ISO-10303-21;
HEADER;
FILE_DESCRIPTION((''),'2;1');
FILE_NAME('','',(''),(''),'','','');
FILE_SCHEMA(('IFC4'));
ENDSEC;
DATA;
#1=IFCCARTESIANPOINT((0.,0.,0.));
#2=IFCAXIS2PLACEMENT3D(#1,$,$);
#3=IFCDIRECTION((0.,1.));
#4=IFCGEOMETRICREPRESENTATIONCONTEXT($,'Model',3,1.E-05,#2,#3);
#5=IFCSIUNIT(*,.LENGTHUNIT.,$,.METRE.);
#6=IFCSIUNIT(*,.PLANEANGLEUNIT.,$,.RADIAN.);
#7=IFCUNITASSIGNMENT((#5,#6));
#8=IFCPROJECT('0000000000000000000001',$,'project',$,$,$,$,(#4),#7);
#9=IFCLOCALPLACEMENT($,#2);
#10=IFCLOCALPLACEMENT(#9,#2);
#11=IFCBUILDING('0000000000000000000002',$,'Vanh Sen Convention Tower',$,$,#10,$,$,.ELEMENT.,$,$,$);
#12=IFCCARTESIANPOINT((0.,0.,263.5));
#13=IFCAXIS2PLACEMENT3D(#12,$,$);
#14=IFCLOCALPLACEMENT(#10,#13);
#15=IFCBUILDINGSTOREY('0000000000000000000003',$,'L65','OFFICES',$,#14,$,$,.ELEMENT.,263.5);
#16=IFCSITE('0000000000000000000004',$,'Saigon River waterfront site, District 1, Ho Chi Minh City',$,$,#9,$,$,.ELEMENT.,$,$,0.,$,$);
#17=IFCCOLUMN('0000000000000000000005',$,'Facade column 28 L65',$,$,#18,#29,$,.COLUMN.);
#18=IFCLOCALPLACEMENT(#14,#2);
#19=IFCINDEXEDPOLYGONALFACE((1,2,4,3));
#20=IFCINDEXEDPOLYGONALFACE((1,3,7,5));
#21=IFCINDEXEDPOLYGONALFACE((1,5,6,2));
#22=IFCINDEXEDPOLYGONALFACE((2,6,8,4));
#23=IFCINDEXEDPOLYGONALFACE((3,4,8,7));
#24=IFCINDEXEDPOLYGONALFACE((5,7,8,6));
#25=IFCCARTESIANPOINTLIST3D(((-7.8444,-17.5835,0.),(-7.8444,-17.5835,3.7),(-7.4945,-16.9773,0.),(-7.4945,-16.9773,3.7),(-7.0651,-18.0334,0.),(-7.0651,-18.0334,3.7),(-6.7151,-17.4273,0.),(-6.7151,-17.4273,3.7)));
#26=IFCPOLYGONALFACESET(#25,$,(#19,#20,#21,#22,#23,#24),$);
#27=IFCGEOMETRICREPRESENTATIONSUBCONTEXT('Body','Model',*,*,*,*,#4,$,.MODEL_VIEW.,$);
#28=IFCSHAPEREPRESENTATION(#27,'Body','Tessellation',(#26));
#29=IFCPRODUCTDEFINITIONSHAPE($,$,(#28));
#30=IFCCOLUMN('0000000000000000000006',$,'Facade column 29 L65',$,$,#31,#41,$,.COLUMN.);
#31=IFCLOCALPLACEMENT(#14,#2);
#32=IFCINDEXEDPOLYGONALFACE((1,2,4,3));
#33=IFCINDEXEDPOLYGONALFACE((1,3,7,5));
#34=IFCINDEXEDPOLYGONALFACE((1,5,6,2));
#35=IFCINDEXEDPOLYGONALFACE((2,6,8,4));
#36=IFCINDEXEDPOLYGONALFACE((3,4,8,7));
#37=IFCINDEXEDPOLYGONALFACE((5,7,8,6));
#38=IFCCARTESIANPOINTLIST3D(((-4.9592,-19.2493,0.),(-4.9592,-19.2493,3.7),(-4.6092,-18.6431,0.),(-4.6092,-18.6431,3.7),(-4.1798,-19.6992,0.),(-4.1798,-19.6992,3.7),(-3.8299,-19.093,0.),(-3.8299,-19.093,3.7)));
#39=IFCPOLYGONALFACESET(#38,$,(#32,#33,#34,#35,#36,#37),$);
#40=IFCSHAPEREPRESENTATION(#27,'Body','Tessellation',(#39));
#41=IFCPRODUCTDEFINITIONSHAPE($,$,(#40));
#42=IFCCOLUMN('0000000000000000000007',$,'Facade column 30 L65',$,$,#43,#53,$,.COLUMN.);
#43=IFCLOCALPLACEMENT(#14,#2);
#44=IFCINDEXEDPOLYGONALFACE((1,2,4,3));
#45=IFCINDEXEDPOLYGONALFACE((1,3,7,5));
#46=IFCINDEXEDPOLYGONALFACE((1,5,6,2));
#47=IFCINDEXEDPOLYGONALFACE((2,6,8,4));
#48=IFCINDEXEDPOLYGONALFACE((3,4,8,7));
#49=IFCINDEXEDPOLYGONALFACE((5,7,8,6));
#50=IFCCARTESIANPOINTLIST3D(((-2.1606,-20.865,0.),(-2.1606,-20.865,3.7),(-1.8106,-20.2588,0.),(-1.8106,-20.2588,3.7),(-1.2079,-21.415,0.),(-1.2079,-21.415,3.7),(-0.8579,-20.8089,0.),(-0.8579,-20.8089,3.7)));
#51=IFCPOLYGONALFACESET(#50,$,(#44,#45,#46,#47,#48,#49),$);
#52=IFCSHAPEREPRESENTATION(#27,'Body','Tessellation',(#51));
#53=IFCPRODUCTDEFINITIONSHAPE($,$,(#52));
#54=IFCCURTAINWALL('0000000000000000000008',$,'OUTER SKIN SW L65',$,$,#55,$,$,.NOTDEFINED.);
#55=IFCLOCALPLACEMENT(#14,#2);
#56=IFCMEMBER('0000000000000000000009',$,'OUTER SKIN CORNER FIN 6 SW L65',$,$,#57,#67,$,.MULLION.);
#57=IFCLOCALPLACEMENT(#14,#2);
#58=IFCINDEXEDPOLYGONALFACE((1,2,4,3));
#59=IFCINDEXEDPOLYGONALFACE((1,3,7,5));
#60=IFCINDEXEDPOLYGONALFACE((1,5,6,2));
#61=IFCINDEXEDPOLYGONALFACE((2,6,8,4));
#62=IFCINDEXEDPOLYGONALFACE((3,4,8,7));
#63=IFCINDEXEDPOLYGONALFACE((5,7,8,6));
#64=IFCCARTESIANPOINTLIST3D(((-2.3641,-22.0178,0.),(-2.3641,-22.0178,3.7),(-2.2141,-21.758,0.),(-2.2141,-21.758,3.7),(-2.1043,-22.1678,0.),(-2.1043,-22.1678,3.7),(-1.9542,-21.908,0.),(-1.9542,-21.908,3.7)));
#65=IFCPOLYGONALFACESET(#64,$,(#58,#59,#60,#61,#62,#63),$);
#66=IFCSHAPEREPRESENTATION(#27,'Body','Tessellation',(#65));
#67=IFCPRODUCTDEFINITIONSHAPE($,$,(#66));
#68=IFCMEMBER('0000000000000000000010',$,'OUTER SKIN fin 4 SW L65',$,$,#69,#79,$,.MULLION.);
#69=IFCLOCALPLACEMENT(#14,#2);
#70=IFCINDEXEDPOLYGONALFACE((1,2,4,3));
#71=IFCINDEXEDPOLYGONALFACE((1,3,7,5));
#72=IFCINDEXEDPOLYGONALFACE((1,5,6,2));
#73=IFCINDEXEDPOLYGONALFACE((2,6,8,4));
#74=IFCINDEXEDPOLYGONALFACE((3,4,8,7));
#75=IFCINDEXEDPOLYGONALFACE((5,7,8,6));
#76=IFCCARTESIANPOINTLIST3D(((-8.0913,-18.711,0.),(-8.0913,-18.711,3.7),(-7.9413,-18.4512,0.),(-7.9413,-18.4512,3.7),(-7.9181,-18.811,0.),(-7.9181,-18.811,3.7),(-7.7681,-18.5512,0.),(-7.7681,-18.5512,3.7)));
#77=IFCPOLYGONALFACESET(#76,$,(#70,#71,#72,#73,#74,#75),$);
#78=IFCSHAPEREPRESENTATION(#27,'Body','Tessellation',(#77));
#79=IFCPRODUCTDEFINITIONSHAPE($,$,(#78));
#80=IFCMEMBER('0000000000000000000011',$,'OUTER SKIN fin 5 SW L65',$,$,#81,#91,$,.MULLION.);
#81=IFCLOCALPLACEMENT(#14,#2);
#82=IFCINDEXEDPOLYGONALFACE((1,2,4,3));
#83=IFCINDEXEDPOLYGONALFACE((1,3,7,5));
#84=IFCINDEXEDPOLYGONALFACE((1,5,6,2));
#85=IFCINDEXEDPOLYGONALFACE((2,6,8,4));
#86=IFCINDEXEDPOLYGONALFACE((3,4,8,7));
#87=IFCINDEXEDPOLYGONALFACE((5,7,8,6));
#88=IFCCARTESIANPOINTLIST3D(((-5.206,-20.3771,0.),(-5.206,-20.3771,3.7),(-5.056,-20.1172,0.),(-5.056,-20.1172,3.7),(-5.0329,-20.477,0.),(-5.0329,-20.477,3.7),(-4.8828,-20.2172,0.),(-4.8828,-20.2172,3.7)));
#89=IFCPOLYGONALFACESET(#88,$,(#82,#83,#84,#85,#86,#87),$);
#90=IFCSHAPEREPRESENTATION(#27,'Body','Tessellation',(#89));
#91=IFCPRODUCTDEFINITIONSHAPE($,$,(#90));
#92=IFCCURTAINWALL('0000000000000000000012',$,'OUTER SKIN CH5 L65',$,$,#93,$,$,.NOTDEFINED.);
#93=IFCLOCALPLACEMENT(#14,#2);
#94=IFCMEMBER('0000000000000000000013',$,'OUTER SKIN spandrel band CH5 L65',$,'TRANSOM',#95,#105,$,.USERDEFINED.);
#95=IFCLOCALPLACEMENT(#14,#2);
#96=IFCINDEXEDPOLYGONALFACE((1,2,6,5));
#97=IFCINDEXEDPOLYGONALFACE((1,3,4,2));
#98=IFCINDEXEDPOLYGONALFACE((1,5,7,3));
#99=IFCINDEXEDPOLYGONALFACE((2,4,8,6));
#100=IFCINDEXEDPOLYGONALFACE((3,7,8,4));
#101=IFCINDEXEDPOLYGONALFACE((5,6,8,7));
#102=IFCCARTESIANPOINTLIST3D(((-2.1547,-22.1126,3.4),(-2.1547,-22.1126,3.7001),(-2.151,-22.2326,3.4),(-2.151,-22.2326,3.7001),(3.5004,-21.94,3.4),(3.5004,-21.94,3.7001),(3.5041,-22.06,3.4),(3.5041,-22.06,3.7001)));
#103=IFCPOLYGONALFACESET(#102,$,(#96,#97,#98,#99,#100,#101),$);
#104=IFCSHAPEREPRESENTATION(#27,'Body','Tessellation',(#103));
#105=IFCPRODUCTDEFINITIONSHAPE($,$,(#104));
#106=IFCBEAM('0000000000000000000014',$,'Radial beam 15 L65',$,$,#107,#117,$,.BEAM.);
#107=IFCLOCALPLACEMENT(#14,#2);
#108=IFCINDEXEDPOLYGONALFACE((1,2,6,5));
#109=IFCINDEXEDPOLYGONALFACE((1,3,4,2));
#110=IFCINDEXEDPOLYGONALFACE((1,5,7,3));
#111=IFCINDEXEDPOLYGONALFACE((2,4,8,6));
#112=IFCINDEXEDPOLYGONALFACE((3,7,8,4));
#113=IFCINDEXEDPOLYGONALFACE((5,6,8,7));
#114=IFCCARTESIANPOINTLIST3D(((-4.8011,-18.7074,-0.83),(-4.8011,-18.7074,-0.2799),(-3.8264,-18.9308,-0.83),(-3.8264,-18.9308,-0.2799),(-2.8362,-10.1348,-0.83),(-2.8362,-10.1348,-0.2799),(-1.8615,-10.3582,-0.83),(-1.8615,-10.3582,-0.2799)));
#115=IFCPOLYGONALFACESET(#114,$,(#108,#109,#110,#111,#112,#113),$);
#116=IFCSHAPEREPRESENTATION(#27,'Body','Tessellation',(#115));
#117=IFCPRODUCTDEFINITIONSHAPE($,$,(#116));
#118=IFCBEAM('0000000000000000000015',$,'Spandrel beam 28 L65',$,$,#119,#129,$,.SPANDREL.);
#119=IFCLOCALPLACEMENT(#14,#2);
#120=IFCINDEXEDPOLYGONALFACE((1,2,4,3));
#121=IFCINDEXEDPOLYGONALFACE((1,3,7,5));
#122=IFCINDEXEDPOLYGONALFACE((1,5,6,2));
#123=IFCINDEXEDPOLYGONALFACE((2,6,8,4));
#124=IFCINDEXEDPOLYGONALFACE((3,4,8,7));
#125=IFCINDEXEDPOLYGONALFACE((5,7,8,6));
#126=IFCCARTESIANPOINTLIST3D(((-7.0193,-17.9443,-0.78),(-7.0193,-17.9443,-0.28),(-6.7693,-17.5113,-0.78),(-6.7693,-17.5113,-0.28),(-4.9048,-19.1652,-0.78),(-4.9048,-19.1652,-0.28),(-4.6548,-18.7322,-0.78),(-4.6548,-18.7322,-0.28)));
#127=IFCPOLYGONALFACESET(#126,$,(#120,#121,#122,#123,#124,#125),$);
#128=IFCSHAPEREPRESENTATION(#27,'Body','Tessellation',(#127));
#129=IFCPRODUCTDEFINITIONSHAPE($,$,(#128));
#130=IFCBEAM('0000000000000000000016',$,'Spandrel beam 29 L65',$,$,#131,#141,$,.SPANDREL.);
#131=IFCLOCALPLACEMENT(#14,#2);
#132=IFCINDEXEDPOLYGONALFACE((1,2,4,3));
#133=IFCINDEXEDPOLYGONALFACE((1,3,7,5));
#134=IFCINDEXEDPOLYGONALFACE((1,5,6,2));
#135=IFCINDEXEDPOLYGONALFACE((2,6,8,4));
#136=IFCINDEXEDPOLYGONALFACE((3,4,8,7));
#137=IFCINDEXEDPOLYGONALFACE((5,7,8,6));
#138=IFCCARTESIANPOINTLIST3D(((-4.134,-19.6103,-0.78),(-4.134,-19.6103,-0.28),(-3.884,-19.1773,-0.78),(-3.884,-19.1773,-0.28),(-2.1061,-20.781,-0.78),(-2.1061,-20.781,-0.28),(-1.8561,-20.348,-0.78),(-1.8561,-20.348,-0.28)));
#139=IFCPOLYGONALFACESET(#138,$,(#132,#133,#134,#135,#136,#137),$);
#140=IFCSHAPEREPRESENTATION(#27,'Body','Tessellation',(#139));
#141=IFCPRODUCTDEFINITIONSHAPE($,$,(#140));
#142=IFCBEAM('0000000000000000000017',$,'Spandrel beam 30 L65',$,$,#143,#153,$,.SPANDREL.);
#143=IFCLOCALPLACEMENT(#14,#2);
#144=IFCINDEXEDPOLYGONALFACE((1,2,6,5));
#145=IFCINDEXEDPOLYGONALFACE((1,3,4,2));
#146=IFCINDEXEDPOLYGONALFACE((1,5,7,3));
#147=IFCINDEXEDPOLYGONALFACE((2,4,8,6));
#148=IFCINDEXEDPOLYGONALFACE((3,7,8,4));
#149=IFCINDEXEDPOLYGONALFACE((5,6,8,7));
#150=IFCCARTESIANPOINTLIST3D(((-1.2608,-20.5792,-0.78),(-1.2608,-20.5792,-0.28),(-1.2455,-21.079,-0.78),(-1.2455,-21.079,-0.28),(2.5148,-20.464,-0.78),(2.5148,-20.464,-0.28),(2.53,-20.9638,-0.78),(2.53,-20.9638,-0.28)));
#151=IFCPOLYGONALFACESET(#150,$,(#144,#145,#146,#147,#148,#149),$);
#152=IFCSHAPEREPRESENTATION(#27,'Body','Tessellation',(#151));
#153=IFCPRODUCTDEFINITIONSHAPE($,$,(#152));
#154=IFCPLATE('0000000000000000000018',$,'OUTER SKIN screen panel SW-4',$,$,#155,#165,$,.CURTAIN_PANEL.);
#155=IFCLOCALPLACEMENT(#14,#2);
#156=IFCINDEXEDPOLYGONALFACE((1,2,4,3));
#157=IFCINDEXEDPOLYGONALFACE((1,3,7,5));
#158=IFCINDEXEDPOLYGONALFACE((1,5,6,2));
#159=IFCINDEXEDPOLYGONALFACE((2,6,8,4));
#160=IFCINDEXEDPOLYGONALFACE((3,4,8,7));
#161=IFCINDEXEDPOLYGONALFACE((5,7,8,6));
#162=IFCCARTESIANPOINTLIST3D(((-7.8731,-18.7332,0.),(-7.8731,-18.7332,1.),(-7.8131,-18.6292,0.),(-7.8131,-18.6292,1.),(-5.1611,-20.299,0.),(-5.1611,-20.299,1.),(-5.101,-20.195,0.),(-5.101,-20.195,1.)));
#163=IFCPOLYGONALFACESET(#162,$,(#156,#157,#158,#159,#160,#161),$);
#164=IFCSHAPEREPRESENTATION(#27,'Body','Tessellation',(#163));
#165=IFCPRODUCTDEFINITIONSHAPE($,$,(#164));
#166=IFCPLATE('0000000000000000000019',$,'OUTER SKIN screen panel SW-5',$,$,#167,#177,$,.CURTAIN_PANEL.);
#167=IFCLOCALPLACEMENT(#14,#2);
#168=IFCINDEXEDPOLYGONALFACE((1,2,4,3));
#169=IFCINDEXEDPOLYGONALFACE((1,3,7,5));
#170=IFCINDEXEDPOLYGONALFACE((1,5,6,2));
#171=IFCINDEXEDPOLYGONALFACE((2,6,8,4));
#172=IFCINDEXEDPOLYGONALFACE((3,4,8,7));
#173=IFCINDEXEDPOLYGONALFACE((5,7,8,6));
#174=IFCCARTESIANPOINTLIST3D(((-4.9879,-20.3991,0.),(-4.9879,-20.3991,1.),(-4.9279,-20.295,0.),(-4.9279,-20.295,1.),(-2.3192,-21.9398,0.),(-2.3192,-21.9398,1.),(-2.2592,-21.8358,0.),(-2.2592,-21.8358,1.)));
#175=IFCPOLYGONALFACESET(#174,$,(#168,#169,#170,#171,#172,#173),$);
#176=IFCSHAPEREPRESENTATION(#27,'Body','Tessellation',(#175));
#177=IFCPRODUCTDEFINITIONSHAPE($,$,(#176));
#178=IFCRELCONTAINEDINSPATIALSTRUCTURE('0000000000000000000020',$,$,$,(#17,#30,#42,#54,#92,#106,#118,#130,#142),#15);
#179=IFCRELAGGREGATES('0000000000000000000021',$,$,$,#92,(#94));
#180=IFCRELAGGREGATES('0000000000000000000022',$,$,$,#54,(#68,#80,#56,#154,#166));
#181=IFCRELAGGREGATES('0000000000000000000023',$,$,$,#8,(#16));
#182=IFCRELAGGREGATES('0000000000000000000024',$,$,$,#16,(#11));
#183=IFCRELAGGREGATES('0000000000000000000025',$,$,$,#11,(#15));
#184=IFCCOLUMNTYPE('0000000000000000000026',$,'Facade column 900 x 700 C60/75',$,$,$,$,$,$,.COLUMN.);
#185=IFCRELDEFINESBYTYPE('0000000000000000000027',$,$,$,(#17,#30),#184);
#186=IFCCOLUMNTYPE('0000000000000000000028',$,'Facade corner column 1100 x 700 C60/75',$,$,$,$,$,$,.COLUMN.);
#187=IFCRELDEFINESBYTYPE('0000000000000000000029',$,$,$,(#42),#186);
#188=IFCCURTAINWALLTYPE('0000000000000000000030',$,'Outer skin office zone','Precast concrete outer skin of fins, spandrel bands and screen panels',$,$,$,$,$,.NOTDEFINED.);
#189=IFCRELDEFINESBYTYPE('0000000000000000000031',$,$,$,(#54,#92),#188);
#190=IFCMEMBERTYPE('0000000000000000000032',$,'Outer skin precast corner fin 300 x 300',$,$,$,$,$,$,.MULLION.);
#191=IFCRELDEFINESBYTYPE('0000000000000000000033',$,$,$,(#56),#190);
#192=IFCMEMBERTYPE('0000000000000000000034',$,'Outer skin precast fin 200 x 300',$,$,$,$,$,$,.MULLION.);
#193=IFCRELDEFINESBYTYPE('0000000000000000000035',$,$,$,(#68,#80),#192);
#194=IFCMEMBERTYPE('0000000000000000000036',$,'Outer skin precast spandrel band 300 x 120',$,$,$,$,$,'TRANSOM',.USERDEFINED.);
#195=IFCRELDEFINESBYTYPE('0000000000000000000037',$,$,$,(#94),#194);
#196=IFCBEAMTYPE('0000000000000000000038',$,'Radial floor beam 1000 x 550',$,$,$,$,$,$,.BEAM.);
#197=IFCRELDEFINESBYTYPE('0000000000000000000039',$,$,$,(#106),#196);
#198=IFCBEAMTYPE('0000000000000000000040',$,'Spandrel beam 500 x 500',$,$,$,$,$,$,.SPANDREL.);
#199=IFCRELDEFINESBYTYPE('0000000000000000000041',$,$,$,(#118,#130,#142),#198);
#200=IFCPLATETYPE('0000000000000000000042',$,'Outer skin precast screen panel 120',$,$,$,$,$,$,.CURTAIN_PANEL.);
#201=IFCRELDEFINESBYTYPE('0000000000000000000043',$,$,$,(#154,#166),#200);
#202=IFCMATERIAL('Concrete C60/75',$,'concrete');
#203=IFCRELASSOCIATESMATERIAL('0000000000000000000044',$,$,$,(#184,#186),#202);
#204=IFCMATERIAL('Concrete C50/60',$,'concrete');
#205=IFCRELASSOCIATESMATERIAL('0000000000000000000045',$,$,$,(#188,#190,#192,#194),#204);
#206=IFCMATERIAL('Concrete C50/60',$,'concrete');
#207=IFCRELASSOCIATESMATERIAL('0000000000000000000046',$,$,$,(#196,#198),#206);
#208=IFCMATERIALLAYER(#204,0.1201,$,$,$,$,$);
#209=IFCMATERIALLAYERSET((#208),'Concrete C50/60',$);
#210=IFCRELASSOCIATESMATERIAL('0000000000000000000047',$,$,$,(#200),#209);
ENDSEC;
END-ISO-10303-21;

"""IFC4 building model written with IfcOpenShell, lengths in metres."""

from ifc_helpers import new_model, si_unit, direction, frame, origin, origin_2d, place, context, subcontext, project, spatial, rectangle, extrude, material, layer, layer_set, material_profile, profile_set, type_object, element, aggregate, save


model = new_model("IFC4")

# Units and contexts
model_context = context("Model", 3, precision=1e-05, world=origin(), true_north=direction((0.0, 1.0)))
body_context = subcontext(model_context, "Body", "Model", "MODEL_VIEW")
ifc_project = project(units=[si_unit("LENGTHUNIT", "METRE"), si_unit("PLANEANGLEUNIT", "RADIAN")], contexts=[model_context])

# Site, building, storey
site_placement = place(None, origin())
site = spatial("IfcSite", under=ifc_project, at=site_placement, Name="Saigon River waterfront site, District 1, Ho Chi Minh City", CompositionType="ELEMENT", RefElevation=0.0)
building_placement = place(site_placement, origin())
building = spatial("IfcBuilding", under=site, at=building_placement, Name="Vanh Sen Convention Tower", CompositionType="ELEMENT")
storey_placement = place(building_placement, frame((0.0, 0.0, 263.5)))
storey = spatial("IfcBuildingStorey", under=building, at=storey_placement, Name="L65", Description="OFFICES", CompositionType="ELEMENT", Elevation=263.5)

# Columns
ifc_material_1 = material(Name="Concrete C60/75", Category="concrete")
ifc_material_profile_1 = material_profile(ifc_material_1, rectangle(XDim=0.8999, YDim=0.7, at=origin_2d()), Name="RC 900X700")
ifc_profile_set_1 = profile_set([ifc_material_profile_1], Name="Concrete C60/75")
column_type_1 = type_object("IfcColumnType", Name="Facade column 900 x 700 C60/75", PredefinedType="COLUMN", material=ifc_profile_set_1)
for number, where, z_axis, x_axis, name in (
    (1, (-7.2798, -17.5054, 0.0), (0.0, 0.0, 1.0), (0.866025, -0.5, 0.0), "Facade column 28 L65"),
    (2, (-4.3945, -19.1711, 0.0), (0.0, 0.0, 1.0), (0.866025, -0.5, 0.0), "Facade column 29 L65"),
):
    element("IfcColumn", number, at=place(storey_placement, frame(where, z_axis=z_axis, x_axis=x_axis)), inside=storey, type_object=column_type_1, Name=name, PredefinedType="COLUMN", context=body_context, shape_type="SweptSolid", body=[
        extrude(rectangle(XDim=0.8999, YDim=0.7, at=origin_2d()), origin(), (0.0, 0.0, 1.0), 3.7),
    ])
ifc_material_profile_2 = material_profile(ifc_material_1, rectangle(XDim=1.1001, YDim=0.7, at=origin_2d()), Name="RC 1100X700")
ifc_profile_set_2 = profile_set([ifc_material_profile_2], Name="Concrete C60/75")
column_type_2 = type_object("IfcColumnType", Name="Facade corner column 1100 x 700 C60/75", PredefinedType="COLUMN", material=ifc_profile_set_2)
column_placement = place(storey_placement, frame((-1.5093, -20.8369, 0.0), z_axis=(0.0, 0.0, 1.0), x_axis=(0.866025, -0.5, 0.0)))
element("IfcColumn", 3, at=column_placement, inside=storey, type_object=column_type_2, Name="Facade column 30 L65", PredefinedType="COLUMN", context=body_context, shape_type="SweptSolid", body=[
    extrude(rectangle(XDim=1.1001, YDim=0.7, at=origin_2d()), origin(), (0.0, 0.0, 1.0), 3.7),
])

# Curtain wall, members
ifc_material_2 = material(Name="Concrete C50/60", Category="concrete")
curtain_wall_type = type_object("IfcCurtainWallType", Name="Outer skin office zone", Description="Precast concrete outer skin of fins, spandrel bands and screen panels", PredefinedType="NOTDEFINED", material=ifc_material_2)
curtain_wall_1_placement = place(storey_placement, origin())
curtain_wall_1 = element("IfcCurtainWall", 4, at=curtain_wall_1_placement, inside=storey, type_object=curtain_wall_type, Name="OUTER SKIN SW L65", PredefinedType="NOTDEFINED")
ifc_material_profile_3 = material_profile(ifc_material_2, rectangle(XDim=0.3, YDim=0.3, at=origin_2d()), Name="Outer skin precast corner fin 300 x 300")
ifc_profile_set_3 = profile_set([ifc_material_profile_3], Name="Concrete C50/60")
member_type_1 = type_object("IfcMemberType", Name="Outer skin precast corner fin 300 x 300", PredefinedType="MULLION", material=ifc_profile_set_3)
member_1_placement = place(storey_placement, frame((-2.1592, -21.9629, 0.0), z_axis=(0.0, 0.0, 1.0), x_axis=(0.866025, -0.5, 0.0)))
member_1 = element("IfcMember", 5, at=member_1_placement, type_object=member_type_1, Name="OUTER SKIN CORNER FIN 6 SW L65", PredefinedType="MULLION", context=body_context, shape_type="SweptSolid", body=[
    extrude(rectangle(XDim=0.3, YDim=0.3, at=origin_2d()), origin(), (0.0, 0.0, 1.0), 3.7),
])
ifc_material_profile_4 = material_profile(ifc_material_2, rectangle(XDim=0.2, YDim=0.3, at=origin_2d()), Name="Outer skin precast fin 200 x 300")
ifc_profile_set_4 = profile_set([ifc_material_profile_4], Name="Concrete C50/60")
member_type_2 = type_object("IfcMemberType", Name="Outer skin precast fin 200 x 300", PredefinedType="MULLION", material=ifc_profile_set_4)
member_2_placement = place(storey_placement, frame((-7.9297, -18.6311, 0.0), z_axis=(0.0, 0.0, 1.0), x_axis=(0.866025, -0.5, 0.0)))
member_2 = element("IfcMember", 6, at=member_2_placement, type_object=member_type_2, Name="OUTER SKIN fin 4 SW L65", PredefinedType="MULLION", context=body_context, shape_type="SweptSolid", body=[
    extrude(rectangle(XDim=0.2, YDim=0.3, at=origin_2d()), origin(), (0.0, 0.0, 1.0), 3.7),
])
member_3_placement = place(storey_placement, frame((-5.0444, -20.2971, 0.0), z_axis=(0.0, 0.0, 1.0), x_axis=(0.866025, -0.5, 0.0)))
member_3 = element("IfcMember", 7, at=member_3_placement, type_object=member_type_2, Name="OUTER SKIN fin 5 SW L65", PredefinedType="MULLION", context=body_context, shape_type="SweptSolid", body=[
    extrude(rectangle(XDim=0.2, YDim=0.3, at=origin_2d()), origin(), (0.0, 0.0, 1.0), 3.7),
])

# Curtain wall, member
curtain_wall_2_placement = place(storey_placement, origin())
curtain_wall_2 = element("IfcCurtainWall", 8, at=curtain_wall_2_placement, inside=storey, type_object=curtain_wall_type, Name="OUTER SKIN CH5 L65", PredefinedType="NOTDEFINED")
ifc_material_profile_5 = material_profile(ifc_material_2, rectangle(XDim=0.1201, YDim=0.3, at=origin_2d()), Name="Outer skin precast spandrel band 300 x 120")
ifc_profile_set_5 = profile_set([ifc_material_profile_5], Name="Concrete C50/60")
member_type_3 = type_object("IfcMemberType", Name="Outer skin precast spandrel band 300 x 120", ElementType="TRANSOM", PredefinedType="USERDEFINED", material=ifc_profile_set_5)
member_4_placement = place(storey_placement, frame((-2.1528, -22.1726, 3.55), z_axis=(0.999535, 0.030509, 0.0), x_axis=(-0.030509, 0.999535, 0.0)))
member_4 = element("IfcMember", 9, at=member_4_placement, type_object=member_type_3, Name="OUTER SKIN spandrel band CH5 L65", ObjectType="TRANSOM", PredefinedType="USERDEFINED", context=body_context, shape_type="SweptSolid", body=[
    extrude(rectangle(XDim=0.1201, YDim=0.3, at=origin_2d()), origin(), (0.0, 0.0, 1.0), 5.6577),
])
aggregate(curtain_wall_2, [member_4])

# Beams
ifc_material_3 = material(Name="Concrete C50/60", Category="concrete")
ifc_material_profile_6 = material_profile(ifc_material_3, rectangle(XDim=1.0, YDim=0.55, at=origin_2d()), Name="RC 1000X550")
ifc_profile_set_6 = profile_set([ifc_material_profile_6], Name="Concrete C50/60")
beam_type_1 = type_object("IfcBeamType", Name="Radial floor beam 1000 x 550", PredefinedType="BEAM", material=ifc_profile_set_6)
beam_1_placement = place(storey_placement, frame((-4.3137, -18.8191, -0.5549), z_axis=(0.22341, 0.974725, 0.0), x_axis=(-0.974725, 0.22341, 0.0)))
element("IfcBeam", 10, at=beam_1_placement, inside=storey, type_object=beam_type_1, Name="Radial beam 15 L65", PredefinedType="BEAM", context=body_context, shape_type="SweptSolid", body=[
    extrude(rectangle(XDim=1.0, YDim=0.55, at=origin_2d()), origin(), (0.0, 0.0, 1.0), 8.7949),
])
ifc_material_profile_7 = material_profile(ifc_material_3, rectangle(XDim=0.5, YDim=0.5, at=origin_2d()), Name="RC 500X500")
ifc_profile_set_7 = profile_set([ifc_material_profile_7], Name="Concrete C50/60")
beam_type_2 = type_object("IfcBeamType", Name="Spandrel beam 500 x 500", PredefinedType="SPANDREL", material=ifc_profile_set_7)
beam_2_placement = place(storey_placement, frame((-6.8943, -17.7278, -0.53), z_axis=(0.866001, -0.500043, 0.0), x_axis=(0.500043, 0.866001, 0.0)))
element("IfcBeam", 11, at=beam_2_placement, inside=storey, type_object=beam_type_2, Name="Spandrel beam 28 L65", PredefinedType="SPANDREL", context=body_context, shape_type="SweptSolid", body=[
    extrude(rectangle(XDim=0.5, YDim=0.5, at=origin_2d()), origin(), (0.0, 0.0, 1.0), 2.4417),
])
beam_3_placement = place(storey_placement, frame((-4.009, -19.3938, -0.53), z_axis=(0.866047, -0.499963, 0.0), x_axis=(0.499963, 0.866047, 0.0)))
element("IfcBeam", 12, at=beam_3_placement, inside=storey, type_object=beam_type_2, Name="Spandrel beam 29 L65", PredefinedType="SPANDREL", context=body_context, shape_type="SweptSolid", body=[
    extrude(rectangle(XDim=0.5, YDim=0.5, at=origin_2d()), origin(), (0.0, 0.0, 1.0), 2.3416),
])
beam_4_placement = place(storey_placement, frame((-1.2532, -20.8291, -0.53), z_axis=(0.999535, 0.030506, 0.0), x_axis=(-0.030506, 0.999535, 0.0)))
element("IfcBeam", 13, at=beam_4_placement, inside=storey, type_object=beam_type_2, Name="Spandrel beam 30 L65", PredefinedType="SPANDREL", context=body_context, shape_type="SweptSolid", body=[
    extrude(rectangle(XDim=0.5, YDim=0.5, at=origin_2d()), origin(), (0.0, 0.0, 1.0), 3.7773),
])

# Plates
ifc_layer_1 = layer(ifc_material_2, 0.1201)
ifc_layer_set_1 = layer_set([ifc_layer_1], Name="Concrete C50/60")
plate_type = type_object("IfcPlateType", Name="Outer skin precast screen panel 120", PredefinedType="CURTAIN_PANEL", material=ifc_layer_set_1)
plate_1_placement = place(storey_placement, frame((-6.4871, -19.4641, 0.0), z_axis=(0.0, 0.0, 1.0), x_axis=(0.866029, -0.499994, 0.0)))
plate_1 = element("IfcPlate", 14, at=plate_1_placement, type_object=plate_type, Name="OUTER SKIN screen panel SW-4", PredefinedType="CURTAIN_PANEL", context=body_context, shape_type="SweptSolid", body=[
    extrude(rectangle(XDim=3.1316, YDim=0.1201, at=origin_2d()), origin(), (0.0, 0.0, 1.0), 1.0),
])
plate_2_placement = place(storey_placement, frame((-3.6235, -21.1174, 0.0), z_axis=(0.0, 0.0, 1.0), x_axis=(0.866029, -0.499994, 0.0)))
plate_2 = element("IfcPlate", 15, at=plate_2_placement, type_object=plate_type, Name="OUTER SKIN screen panel SW-5", PredefinedType="CURTAIN_PANEL", context=body_context, shape_type="SweptSolid", body=[
    extrude(rectangle(XDim=3.0815, YDim=0.1201, at=origin_2d()), origin(), (0.0, 0.0, 1.0), 1.0),
])
aggregate(curtain_wall_1, [member_2, member_3, member_1, plate_1, plate_2])

save(model, "model.ifc")
